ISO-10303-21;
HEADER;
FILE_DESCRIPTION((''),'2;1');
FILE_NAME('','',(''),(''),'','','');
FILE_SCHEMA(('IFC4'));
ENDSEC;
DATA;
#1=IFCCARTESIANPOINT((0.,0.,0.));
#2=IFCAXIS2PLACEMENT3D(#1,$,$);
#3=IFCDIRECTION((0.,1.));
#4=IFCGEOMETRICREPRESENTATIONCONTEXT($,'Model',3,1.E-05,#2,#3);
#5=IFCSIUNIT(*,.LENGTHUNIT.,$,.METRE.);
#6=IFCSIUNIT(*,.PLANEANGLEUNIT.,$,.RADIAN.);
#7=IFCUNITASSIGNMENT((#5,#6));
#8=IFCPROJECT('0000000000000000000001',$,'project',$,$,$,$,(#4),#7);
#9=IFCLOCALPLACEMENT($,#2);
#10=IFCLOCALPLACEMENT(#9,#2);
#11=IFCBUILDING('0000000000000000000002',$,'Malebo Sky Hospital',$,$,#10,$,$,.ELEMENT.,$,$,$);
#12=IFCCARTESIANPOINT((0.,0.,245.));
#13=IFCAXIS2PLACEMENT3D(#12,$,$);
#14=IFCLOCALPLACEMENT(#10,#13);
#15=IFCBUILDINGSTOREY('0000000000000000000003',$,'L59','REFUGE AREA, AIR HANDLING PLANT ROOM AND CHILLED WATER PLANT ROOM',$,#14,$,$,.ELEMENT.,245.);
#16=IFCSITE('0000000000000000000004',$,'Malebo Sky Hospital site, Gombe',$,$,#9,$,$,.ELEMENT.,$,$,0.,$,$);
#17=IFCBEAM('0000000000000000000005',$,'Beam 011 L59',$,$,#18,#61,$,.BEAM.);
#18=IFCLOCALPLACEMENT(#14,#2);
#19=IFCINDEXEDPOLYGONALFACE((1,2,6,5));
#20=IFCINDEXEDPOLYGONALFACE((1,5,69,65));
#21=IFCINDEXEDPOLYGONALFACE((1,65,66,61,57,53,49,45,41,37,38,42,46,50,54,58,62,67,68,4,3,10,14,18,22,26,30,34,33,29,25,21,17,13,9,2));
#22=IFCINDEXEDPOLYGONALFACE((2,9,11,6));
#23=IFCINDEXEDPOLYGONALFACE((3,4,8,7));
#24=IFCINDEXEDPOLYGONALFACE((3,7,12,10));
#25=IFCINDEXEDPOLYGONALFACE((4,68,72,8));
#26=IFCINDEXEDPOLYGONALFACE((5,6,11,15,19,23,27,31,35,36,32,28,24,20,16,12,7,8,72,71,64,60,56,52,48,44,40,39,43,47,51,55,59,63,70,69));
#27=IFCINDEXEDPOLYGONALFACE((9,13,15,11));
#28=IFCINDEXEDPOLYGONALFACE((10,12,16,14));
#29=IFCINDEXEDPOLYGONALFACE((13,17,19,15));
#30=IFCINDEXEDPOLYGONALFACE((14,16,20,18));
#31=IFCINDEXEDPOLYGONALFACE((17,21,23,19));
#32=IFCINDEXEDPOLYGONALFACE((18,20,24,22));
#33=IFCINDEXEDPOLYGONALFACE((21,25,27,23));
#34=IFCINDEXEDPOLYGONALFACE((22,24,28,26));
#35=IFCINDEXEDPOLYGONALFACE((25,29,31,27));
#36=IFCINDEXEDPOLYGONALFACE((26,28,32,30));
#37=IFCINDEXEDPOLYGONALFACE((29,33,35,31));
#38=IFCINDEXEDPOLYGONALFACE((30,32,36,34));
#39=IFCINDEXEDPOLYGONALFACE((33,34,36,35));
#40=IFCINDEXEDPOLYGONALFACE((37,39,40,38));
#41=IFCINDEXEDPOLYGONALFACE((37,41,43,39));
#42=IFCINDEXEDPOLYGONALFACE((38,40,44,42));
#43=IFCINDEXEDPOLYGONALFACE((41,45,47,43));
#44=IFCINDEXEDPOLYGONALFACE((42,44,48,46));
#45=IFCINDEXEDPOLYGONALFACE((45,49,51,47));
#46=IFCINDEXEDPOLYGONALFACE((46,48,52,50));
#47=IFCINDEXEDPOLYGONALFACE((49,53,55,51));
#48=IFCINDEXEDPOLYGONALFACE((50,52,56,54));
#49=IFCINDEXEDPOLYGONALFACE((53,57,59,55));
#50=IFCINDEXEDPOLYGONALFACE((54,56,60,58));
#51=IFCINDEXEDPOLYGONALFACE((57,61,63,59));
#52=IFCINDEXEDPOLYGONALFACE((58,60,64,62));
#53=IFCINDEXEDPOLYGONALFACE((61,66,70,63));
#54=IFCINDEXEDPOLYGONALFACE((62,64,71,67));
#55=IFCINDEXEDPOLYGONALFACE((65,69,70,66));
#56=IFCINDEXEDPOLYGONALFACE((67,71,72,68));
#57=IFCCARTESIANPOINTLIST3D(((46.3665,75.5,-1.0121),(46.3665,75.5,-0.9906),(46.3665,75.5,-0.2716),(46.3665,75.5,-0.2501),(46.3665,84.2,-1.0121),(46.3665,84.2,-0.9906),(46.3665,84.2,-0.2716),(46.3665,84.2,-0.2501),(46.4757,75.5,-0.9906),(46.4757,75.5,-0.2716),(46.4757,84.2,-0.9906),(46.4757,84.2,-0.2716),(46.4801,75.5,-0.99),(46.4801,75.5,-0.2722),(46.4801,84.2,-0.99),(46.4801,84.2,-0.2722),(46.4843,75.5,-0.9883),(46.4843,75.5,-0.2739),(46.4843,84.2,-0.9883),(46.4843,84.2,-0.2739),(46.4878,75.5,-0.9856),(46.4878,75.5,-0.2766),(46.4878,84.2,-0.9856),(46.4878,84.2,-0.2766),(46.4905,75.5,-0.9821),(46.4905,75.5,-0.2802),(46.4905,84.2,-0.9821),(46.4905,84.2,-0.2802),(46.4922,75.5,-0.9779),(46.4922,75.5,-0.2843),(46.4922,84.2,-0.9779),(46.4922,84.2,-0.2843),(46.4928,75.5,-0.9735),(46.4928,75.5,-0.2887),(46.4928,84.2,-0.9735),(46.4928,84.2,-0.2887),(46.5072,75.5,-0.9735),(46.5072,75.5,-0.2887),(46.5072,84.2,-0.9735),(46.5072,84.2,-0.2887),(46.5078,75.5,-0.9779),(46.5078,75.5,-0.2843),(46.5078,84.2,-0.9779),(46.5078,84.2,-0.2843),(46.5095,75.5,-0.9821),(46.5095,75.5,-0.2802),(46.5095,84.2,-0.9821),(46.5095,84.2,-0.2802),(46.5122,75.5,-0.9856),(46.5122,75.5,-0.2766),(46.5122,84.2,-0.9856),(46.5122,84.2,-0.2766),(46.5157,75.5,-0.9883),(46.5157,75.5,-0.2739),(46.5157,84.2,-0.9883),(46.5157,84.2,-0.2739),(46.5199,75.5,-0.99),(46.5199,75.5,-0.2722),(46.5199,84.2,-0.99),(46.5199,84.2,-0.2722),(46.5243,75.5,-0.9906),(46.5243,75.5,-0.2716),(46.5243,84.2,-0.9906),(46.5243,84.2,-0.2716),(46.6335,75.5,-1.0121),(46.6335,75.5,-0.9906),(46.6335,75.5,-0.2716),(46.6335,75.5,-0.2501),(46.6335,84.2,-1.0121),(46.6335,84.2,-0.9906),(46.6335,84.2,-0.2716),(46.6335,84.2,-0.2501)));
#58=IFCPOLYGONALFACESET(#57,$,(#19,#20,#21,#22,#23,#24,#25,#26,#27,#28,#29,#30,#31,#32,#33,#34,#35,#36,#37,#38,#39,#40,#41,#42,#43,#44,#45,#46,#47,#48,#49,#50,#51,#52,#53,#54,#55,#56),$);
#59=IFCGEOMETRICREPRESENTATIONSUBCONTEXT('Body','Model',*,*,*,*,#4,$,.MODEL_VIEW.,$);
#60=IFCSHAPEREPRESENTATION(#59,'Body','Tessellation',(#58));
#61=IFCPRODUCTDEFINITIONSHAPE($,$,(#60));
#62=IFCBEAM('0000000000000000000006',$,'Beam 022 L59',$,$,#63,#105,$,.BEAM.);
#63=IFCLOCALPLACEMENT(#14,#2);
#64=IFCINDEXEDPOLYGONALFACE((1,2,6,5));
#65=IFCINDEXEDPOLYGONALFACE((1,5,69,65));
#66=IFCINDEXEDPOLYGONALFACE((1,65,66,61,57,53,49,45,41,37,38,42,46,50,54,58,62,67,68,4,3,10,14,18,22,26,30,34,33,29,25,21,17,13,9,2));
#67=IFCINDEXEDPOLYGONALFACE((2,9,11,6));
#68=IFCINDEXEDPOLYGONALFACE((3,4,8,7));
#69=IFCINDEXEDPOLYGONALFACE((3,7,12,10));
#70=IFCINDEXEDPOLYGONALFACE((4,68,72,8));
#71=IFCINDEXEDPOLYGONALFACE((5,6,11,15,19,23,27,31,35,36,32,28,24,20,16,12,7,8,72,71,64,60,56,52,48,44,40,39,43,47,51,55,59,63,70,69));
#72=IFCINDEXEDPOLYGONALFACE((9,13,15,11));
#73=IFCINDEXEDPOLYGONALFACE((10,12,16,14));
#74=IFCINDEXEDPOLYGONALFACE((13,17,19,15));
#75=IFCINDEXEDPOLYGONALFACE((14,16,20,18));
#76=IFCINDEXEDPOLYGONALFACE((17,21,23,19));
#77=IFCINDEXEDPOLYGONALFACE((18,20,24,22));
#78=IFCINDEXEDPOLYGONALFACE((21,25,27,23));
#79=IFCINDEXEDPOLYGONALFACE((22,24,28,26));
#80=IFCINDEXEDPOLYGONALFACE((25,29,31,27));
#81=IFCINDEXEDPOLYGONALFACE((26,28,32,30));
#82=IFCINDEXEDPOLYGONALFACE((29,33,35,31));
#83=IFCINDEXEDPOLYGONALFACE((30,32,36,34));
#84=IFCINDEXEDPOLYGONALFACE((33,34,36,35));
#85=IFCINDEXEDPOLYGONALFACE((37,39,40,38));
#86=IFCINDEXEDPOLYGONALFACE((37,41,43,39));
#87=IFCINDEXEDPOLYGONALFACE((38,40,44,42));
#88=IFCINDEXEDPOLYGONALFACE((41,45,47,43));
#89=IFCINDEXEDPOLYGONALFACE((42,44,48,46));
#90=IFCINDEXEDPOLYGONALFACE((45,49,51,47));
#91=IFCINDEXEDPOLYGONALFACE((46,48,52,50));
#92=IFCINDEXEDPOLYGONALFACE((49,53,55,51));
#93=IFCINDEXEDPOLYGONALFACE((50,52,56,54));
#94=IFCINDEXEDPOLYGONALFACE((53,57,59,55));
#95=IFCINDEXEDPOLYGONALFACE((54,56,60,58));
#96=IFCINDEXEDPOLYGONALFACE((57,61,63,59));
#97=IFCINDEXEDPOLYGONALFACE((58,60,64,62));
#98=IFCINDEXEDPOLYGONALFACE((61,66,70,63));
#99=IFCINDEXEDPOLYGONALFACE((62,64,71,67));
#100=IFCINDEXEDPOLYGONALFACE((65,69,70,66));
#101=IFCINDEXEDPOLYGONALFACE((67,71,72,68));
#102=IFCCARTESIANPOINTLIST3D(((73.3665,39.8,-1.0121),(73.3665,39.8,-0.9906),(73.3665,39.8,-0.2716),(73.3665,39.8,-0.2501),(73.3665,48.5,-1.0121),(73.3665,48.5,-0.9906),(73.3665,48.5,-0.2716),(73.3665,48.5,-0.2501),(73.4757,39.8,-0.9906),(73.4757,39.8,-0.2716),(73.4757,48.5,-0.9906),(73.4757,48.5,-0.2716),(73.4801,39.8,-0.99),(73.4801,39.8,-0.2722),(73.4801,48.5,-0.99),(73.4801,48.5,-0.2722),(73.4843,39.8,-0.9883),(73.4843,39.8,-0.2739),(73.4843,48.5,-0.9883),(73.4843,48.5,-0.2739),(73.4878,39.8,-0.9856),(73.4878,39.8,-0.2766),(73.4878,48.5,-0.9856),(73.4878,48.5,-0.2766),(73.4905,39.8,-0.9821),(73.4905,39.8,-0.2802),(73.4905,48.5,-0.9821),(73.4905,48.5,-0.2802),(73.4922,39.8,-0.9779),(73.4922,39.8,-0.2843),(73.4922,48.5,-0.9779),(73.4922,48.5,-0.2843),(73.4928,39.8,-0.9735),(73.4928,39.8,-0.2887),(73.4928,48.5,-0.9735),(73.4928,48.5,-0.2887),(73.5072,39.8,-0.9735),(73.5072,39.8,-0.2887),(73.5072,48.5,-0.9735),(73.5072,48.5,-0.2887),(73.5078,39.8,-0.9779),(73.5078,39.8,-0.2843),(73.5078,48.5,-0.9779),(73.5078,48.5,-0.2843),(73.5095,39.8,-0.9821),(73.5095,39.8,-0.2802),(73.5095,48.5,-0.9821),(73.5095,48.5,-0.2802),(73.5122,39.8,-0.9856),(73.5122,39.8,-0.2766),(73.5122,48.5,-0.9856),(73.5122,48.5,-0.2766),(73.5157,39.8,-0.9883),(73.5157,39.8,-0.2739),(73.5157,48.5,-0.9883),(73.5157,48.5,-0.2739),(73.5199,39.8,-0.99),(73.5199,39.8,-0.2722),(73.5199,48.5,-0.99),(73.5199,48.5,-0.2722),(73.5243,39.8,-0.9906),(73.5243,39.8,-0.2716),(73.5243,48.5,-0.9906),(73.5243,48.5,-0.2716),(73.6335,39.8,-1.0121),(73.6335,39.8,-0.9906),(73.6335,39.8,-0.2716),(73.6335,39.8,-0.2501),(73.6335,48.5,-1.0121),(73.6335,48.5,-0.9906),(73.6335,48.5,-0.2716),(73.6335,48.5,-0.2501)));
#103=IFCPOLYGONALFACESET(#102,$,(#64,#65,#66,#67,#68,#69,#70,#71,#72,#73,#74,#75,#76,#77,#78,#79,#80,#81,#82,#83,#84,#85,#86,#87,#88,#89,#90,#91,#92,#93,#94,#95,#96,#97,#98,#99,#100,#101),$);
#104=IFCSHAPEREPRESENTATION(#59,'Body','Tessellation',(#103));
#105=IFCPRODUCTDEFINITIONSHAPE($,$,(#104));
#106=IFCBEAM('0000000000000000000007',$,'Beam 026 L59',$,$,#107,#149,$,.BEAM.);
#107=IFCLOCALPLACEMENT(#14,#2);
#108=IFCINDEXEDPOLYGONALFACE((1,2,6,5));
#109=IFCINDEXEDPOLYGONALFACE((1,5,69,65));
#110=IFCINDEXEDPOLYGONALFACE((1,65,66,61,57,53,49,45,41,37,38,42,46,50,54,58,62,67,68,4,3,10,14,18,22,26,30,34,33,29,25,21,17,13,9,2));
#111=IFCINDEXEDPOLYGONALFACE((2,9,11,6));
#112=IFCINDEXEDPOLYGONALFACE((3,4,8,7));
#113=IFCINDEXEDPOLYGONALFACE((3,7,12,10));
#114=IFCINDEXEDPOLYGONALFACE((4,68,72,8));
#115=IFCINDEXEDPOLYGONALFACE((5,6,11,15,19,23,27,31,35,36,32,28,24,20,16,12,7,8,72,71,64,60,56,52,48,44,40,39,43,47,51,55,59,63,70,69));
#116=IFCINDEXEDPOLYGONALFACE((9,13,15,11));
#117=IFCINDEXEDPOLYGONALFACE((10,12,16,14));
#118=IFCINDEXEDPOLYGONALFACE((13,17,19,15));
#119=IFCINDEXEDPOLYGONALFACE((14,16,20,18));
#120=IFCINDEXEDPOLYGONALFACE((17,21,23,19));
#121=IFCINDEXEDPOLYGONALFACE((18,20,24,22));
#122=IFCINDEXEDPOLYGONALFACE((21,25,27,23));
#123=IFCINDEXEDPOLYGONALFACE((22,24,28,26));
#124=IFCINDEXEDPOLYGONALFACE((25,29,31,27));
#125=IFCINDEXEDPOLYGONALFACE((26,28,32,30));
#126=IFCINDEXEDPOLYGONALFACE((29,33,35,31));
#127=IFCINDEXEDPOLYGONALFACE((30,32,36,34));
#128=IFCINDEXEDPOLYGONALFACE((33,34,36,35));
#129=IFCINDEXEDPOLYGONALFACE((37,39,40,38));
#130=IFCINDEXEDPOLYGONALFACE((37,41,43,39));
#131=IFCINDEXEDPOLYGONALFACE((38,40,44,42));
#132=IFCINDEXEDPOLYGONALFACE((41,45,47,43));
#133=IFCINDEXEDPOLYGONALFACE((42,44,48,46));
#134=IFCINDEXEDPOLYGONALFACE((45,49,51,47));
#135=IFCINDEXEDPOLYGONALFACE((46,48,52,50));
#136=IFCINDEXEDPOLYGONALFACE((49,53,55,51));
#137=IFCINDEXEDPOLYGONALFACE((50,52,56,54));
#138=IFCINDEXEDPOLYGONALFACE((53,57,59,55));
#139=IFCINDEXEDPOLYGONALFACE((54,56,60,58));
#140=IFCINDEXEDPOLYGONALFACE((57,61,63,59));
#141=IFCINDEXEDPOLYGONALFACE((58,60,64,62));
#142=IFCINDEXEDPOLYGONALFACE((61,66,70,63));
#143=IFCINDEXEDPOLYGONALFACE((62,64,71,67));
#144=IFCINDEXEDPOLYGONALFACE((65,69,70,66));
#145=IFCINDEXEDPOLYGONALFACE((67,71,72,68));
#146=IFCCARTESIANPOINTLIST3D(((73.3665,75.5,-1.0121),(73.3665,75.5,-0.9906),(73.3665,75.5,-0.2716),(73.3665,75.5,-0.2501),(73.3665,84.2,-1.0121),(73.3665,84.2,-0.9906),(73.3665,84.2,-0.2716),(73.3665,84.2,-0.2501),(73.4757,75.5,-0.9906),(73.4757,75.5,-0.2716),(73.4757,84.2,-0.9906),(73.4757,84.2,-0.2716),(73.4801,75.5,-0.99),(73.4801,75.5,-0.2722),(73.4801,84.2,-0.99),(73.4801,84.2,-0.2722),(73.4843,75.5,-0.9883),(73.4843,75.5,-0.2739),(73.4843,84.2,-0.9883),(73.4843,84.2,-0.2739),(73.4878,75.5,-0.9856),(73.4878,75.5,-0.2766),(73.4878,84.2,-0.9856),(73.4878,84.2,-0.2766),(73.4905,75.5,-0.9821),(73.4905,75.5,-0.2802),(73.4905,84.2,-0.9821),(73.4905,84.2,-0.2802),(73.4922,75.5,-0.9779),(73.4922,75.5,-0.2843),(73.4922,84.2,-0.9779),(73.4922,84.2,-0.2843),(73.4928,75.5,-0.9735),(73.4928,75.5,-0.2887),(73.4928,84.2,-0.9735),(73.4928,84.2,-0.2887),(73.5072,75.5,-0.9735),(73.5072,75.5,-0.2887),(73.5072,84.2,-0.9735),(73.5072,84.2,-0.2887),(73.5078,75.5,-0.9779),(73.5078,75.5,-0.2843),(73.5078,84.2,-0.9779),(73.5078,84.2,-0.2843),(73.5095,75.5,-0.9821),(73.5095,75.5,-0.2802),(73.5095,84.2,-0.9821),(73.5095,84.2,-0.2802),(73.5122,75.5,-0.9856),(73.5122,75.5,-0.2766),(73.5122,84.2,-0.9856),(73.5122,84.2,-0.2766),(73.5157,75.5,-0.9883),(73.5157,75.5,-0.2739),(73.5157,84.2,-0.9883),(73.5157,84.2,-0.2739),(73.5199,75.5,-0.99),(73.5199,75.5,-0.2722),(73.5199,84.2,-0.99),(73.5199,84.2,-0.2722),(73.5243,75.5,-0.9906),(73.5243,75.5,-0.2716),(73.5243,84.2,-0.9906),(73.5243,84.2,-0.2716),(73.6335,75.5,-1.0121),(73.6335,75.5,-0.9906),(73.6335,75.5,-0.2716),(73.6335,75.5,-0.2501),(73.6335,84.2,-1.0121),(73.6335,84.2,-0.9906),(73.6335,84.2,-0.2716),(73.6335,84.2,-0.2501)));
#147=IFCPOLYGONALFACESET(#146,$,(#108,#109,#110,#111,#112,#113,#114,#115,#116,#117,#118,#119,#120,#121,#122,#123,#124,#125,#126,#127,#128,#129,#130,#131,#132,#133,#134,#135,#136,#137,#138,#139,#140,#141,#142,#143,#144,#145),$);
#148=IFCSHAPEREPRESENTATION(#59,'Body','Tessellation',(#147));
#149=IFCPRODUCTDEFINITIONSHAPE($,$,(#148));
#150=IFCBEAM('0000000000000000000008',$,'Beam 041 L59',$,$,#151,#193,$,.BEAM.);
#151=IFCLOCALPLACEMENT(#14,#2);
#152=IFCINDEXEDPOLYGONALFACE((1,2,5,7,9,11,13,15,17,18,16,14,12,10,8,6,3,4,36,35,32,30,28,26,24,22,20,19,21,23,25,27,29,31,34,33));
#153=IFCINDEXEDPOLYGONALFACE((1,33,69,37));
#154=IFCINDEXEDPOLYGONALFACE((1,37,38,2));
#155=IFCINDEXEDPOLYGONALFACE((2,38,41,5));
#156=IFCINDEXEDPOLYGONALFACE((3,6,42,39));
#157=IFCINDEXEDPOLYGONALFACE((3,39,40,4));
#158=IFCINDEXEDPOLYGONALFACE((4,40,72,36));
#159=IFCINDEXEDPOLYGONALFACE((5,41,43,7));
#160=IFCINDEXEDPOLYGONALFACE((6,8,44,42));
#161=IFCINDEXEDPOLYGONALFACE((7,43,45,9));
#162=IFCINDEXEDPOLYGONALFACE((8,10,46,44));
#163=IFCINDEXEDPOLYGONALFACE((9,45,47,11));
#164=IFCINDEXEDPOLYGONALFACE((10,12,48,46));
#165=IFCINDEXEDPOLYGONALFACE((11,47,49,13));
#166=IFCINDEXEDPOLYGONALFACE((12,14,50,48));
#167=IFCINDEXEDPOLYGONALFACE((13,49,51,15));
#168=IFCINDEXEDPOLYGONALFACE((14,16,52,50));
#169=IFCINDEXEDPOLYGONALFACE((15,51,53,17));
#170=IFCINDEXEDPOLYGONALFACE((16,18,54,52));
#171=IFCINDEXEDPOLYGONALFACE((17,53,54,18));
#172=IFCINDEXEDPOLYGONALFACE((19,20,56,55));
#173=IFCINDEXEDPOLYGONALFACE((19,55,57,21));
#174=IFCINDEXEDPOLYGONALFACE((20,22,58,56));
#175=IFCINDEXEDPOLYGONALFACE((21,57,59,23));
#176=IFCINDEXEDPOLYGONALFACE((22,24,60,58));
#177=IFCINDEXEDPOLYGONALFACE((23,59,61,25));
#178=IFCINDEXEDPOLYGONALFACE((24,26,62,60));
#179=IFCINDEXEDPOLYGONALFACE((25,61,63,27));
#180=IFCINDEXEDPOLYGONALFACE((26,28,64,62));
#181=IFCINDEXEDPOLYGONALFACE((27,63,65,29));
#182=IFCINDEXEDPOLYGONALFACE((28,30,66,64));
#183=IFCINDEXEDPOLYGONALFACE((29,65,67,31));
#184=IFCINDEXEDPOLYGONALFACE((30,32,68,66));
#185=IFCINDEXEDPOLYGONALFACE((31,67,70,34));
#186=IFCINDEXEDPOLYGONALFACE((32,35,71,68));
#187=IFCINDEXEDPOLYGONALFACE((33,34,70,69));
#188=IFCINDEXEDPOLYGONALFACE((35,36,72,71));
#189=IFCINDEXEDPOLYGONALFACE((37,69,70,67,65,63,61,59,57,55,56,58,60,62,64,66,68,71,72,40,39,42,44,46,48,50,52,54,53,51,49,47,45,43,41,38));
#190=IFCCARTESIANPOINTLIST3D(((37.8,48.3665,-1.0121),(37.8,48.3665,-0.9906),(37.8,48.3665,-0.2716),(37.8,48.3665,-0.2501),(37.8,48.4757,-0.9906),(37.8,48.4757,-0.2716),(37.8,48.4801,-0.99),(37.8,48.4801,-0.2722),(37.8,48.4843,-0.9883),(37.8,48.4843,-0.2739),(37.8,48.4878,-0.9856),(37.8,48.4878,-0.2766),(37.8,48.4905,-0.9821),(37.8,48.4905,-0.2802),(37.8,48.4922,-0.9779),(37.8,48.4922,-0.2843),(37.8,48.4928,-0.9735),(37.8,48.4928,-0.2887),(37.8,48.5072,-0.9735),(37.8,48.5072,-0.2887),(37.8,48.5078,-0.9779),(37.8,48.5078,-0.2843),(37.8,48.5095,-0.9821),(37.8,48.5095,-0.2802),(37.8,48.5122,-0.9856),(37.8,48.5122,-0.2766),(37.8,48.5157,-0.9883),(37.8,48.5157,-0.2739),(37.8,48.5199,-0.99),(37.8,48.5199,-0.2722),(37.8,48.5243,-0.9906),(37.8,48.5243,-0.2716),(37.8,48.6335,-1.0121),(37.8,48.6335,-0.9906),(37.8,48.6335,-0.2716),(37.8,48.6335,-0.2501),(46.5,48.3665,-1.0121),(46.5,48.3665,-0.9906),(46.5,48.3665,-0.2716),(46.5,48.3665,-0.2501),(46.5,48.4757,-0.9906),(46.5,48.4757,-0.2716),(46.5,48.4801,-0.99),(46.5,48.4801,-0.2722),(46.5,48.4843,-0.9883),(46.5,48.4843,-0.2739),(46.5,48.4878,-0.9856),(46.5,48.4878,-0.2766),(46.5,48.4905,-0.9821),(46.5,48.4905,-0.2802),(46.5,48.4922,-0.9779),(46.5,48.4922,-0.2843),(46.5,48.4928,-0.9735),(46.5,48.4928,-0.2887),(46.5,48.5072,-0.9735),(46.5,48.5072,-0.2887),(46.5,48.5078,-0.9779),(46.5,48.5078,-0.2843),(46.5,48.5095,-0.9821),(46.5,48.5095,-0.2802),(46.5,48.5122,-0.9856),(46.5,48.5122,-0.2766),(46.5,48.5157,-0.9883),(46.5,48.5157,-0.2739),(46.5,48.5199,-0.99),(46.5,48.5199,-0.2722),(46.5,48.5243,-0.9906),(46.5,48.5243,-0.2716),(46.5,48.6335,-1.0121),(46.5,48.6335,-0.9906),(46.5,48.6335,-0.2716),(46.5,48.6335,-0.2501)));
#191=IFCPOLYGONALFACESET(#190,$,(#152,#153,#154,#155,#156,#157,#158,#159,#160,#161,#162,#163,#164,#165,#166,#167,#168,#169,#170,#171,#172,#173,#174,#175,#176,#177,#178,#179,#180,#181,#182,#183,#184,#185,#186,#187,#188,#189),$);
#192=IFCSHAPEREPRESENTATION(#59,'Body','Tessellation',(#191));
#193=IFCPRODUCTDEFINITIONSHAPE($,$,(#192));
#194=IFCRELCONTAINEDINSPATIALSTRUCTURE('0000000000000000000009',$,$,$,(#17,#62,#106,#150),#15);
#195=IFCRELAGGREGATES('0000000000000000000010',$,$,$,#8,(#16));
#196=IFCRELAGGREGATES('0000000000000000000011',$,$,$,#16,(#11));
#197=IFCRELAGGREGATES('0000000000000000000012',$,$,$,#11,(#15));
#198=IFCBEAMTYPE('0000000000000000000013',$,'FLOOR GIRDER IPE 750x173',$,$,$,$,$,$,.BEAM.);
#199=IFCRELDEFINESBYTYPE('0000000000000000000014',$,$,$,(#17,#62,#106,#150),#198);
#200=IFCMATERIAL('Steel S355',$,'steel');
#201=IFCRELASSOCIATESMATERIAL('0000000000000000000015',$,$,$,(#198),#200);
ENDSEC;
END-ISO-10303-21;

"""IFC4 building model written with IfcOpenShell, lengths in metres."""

from ifc_helpers import new_model, si_unit, direction, frame, origin, origin_2d, place, context, subcontext, project, spatial, i_section, extrude, material, material_profile, profile_set, type_object, element, save


model = new_model("IFC4")

# Units and contexts
model_context = context("Model", 3, precision=1e-05, world=origin(), true_north=direction((0.0, 1.0)))
body_context = subcontext(model_context, "Body", "Model", "MODEL_VIEW")
ifc_project = project(units=[si_unit("LENGTHUNIT", "METRE"), si_unit("PLANEANGLEUNIT", "RADIAN")], contexts=[model_context])

# Site, building, storey
site_placement = place(None, origin())
site = spatial("IfcSite", under=ifc_project, at=site_placement, Name="Malebo Sky Hospital site, Gombe", CompositionType="ELEMENT", RefElevation=0.0)
building_placement = place(site_placement, origin())
building = spatial("IfcBuilding", under=site, at=building_placement, Name="Malebo Sky Hospital", CompositionType="ELEMENT")
storey_placement = place(building_placement, frame((0.0, 0.0, 245.0)))
storey = spatial("IfcBuildingStorey", under=building, at=storey_placement, Name="L59", Description="REFUGE AREA, AIR HANDLING PLANT ROOM AND CHILLED WATER PLANT ROOM", CompositionType="ELEMENT", Elevation=245.0)

# Beams
ifc_material = material(Name="Steel S355", Category="steel")
ifc_material_profile_1 = material_profile(ifc_material, i_section(OverallWidth=0.2671, OverallDepth=0.762, WebThickness=0.0144, FlangeThickness=0.0215, FilletRadius=0.0171, at=origin_2d()), Name="IPE 750x173")
ifc_profile_set_1 = profile_set([ifc_material_profile_1], Name="Steel S355")
beam_type_1 = type_object("IfcBeamType", Name="FLOOR GIRDER IPE 750x173", PredefinedType="BEAM", material=ifc_profile_set_1)
for number, where, z_axis, x_axis, name in (
    (1, (46.5, 75.5, -0.6311), (0.0, 1.0, 0.0), (-1.0, 0.0, 0.0), "Beam 011 L59"),
    (2, (73.5, 39.8, -0.6311), (0.0, 1.0, 0.0), (-1.0, 0.0, 0.0), "Beam 022 L59"),
    (3, (73.5, 75.5, -0.6311), (0.0, 1.0, 0.0), (-1.0, 0.0, 0.0), "Beam 026 L59"),
    (4, (37.8, 48.5, -0.6311), (1.0, 0.0, 0.0), (0.0, 1.0, 0.0), "Beam 041 L59"),
):
    element("IfcBeam", number, at=place(storey_placement, frame(where, z_axis=z_axis, x_axis=x_axis)), inside=storey, type_object=beam_type_1, Name=name, PredefinedType="BEAM", context=body_context, shape_type="SweptSolid", body=[
        extrude(i_section(OverallWidth=0.2671, OverallDepth=0.762, WebThickness=0.0144, FlangeThickness=0.0215, FilletRadius=0.0171, at=origin_2d()), origin(), (0.0, 0.0, 1.0), 8.7),
    ])

save(model, "model.ifc")
